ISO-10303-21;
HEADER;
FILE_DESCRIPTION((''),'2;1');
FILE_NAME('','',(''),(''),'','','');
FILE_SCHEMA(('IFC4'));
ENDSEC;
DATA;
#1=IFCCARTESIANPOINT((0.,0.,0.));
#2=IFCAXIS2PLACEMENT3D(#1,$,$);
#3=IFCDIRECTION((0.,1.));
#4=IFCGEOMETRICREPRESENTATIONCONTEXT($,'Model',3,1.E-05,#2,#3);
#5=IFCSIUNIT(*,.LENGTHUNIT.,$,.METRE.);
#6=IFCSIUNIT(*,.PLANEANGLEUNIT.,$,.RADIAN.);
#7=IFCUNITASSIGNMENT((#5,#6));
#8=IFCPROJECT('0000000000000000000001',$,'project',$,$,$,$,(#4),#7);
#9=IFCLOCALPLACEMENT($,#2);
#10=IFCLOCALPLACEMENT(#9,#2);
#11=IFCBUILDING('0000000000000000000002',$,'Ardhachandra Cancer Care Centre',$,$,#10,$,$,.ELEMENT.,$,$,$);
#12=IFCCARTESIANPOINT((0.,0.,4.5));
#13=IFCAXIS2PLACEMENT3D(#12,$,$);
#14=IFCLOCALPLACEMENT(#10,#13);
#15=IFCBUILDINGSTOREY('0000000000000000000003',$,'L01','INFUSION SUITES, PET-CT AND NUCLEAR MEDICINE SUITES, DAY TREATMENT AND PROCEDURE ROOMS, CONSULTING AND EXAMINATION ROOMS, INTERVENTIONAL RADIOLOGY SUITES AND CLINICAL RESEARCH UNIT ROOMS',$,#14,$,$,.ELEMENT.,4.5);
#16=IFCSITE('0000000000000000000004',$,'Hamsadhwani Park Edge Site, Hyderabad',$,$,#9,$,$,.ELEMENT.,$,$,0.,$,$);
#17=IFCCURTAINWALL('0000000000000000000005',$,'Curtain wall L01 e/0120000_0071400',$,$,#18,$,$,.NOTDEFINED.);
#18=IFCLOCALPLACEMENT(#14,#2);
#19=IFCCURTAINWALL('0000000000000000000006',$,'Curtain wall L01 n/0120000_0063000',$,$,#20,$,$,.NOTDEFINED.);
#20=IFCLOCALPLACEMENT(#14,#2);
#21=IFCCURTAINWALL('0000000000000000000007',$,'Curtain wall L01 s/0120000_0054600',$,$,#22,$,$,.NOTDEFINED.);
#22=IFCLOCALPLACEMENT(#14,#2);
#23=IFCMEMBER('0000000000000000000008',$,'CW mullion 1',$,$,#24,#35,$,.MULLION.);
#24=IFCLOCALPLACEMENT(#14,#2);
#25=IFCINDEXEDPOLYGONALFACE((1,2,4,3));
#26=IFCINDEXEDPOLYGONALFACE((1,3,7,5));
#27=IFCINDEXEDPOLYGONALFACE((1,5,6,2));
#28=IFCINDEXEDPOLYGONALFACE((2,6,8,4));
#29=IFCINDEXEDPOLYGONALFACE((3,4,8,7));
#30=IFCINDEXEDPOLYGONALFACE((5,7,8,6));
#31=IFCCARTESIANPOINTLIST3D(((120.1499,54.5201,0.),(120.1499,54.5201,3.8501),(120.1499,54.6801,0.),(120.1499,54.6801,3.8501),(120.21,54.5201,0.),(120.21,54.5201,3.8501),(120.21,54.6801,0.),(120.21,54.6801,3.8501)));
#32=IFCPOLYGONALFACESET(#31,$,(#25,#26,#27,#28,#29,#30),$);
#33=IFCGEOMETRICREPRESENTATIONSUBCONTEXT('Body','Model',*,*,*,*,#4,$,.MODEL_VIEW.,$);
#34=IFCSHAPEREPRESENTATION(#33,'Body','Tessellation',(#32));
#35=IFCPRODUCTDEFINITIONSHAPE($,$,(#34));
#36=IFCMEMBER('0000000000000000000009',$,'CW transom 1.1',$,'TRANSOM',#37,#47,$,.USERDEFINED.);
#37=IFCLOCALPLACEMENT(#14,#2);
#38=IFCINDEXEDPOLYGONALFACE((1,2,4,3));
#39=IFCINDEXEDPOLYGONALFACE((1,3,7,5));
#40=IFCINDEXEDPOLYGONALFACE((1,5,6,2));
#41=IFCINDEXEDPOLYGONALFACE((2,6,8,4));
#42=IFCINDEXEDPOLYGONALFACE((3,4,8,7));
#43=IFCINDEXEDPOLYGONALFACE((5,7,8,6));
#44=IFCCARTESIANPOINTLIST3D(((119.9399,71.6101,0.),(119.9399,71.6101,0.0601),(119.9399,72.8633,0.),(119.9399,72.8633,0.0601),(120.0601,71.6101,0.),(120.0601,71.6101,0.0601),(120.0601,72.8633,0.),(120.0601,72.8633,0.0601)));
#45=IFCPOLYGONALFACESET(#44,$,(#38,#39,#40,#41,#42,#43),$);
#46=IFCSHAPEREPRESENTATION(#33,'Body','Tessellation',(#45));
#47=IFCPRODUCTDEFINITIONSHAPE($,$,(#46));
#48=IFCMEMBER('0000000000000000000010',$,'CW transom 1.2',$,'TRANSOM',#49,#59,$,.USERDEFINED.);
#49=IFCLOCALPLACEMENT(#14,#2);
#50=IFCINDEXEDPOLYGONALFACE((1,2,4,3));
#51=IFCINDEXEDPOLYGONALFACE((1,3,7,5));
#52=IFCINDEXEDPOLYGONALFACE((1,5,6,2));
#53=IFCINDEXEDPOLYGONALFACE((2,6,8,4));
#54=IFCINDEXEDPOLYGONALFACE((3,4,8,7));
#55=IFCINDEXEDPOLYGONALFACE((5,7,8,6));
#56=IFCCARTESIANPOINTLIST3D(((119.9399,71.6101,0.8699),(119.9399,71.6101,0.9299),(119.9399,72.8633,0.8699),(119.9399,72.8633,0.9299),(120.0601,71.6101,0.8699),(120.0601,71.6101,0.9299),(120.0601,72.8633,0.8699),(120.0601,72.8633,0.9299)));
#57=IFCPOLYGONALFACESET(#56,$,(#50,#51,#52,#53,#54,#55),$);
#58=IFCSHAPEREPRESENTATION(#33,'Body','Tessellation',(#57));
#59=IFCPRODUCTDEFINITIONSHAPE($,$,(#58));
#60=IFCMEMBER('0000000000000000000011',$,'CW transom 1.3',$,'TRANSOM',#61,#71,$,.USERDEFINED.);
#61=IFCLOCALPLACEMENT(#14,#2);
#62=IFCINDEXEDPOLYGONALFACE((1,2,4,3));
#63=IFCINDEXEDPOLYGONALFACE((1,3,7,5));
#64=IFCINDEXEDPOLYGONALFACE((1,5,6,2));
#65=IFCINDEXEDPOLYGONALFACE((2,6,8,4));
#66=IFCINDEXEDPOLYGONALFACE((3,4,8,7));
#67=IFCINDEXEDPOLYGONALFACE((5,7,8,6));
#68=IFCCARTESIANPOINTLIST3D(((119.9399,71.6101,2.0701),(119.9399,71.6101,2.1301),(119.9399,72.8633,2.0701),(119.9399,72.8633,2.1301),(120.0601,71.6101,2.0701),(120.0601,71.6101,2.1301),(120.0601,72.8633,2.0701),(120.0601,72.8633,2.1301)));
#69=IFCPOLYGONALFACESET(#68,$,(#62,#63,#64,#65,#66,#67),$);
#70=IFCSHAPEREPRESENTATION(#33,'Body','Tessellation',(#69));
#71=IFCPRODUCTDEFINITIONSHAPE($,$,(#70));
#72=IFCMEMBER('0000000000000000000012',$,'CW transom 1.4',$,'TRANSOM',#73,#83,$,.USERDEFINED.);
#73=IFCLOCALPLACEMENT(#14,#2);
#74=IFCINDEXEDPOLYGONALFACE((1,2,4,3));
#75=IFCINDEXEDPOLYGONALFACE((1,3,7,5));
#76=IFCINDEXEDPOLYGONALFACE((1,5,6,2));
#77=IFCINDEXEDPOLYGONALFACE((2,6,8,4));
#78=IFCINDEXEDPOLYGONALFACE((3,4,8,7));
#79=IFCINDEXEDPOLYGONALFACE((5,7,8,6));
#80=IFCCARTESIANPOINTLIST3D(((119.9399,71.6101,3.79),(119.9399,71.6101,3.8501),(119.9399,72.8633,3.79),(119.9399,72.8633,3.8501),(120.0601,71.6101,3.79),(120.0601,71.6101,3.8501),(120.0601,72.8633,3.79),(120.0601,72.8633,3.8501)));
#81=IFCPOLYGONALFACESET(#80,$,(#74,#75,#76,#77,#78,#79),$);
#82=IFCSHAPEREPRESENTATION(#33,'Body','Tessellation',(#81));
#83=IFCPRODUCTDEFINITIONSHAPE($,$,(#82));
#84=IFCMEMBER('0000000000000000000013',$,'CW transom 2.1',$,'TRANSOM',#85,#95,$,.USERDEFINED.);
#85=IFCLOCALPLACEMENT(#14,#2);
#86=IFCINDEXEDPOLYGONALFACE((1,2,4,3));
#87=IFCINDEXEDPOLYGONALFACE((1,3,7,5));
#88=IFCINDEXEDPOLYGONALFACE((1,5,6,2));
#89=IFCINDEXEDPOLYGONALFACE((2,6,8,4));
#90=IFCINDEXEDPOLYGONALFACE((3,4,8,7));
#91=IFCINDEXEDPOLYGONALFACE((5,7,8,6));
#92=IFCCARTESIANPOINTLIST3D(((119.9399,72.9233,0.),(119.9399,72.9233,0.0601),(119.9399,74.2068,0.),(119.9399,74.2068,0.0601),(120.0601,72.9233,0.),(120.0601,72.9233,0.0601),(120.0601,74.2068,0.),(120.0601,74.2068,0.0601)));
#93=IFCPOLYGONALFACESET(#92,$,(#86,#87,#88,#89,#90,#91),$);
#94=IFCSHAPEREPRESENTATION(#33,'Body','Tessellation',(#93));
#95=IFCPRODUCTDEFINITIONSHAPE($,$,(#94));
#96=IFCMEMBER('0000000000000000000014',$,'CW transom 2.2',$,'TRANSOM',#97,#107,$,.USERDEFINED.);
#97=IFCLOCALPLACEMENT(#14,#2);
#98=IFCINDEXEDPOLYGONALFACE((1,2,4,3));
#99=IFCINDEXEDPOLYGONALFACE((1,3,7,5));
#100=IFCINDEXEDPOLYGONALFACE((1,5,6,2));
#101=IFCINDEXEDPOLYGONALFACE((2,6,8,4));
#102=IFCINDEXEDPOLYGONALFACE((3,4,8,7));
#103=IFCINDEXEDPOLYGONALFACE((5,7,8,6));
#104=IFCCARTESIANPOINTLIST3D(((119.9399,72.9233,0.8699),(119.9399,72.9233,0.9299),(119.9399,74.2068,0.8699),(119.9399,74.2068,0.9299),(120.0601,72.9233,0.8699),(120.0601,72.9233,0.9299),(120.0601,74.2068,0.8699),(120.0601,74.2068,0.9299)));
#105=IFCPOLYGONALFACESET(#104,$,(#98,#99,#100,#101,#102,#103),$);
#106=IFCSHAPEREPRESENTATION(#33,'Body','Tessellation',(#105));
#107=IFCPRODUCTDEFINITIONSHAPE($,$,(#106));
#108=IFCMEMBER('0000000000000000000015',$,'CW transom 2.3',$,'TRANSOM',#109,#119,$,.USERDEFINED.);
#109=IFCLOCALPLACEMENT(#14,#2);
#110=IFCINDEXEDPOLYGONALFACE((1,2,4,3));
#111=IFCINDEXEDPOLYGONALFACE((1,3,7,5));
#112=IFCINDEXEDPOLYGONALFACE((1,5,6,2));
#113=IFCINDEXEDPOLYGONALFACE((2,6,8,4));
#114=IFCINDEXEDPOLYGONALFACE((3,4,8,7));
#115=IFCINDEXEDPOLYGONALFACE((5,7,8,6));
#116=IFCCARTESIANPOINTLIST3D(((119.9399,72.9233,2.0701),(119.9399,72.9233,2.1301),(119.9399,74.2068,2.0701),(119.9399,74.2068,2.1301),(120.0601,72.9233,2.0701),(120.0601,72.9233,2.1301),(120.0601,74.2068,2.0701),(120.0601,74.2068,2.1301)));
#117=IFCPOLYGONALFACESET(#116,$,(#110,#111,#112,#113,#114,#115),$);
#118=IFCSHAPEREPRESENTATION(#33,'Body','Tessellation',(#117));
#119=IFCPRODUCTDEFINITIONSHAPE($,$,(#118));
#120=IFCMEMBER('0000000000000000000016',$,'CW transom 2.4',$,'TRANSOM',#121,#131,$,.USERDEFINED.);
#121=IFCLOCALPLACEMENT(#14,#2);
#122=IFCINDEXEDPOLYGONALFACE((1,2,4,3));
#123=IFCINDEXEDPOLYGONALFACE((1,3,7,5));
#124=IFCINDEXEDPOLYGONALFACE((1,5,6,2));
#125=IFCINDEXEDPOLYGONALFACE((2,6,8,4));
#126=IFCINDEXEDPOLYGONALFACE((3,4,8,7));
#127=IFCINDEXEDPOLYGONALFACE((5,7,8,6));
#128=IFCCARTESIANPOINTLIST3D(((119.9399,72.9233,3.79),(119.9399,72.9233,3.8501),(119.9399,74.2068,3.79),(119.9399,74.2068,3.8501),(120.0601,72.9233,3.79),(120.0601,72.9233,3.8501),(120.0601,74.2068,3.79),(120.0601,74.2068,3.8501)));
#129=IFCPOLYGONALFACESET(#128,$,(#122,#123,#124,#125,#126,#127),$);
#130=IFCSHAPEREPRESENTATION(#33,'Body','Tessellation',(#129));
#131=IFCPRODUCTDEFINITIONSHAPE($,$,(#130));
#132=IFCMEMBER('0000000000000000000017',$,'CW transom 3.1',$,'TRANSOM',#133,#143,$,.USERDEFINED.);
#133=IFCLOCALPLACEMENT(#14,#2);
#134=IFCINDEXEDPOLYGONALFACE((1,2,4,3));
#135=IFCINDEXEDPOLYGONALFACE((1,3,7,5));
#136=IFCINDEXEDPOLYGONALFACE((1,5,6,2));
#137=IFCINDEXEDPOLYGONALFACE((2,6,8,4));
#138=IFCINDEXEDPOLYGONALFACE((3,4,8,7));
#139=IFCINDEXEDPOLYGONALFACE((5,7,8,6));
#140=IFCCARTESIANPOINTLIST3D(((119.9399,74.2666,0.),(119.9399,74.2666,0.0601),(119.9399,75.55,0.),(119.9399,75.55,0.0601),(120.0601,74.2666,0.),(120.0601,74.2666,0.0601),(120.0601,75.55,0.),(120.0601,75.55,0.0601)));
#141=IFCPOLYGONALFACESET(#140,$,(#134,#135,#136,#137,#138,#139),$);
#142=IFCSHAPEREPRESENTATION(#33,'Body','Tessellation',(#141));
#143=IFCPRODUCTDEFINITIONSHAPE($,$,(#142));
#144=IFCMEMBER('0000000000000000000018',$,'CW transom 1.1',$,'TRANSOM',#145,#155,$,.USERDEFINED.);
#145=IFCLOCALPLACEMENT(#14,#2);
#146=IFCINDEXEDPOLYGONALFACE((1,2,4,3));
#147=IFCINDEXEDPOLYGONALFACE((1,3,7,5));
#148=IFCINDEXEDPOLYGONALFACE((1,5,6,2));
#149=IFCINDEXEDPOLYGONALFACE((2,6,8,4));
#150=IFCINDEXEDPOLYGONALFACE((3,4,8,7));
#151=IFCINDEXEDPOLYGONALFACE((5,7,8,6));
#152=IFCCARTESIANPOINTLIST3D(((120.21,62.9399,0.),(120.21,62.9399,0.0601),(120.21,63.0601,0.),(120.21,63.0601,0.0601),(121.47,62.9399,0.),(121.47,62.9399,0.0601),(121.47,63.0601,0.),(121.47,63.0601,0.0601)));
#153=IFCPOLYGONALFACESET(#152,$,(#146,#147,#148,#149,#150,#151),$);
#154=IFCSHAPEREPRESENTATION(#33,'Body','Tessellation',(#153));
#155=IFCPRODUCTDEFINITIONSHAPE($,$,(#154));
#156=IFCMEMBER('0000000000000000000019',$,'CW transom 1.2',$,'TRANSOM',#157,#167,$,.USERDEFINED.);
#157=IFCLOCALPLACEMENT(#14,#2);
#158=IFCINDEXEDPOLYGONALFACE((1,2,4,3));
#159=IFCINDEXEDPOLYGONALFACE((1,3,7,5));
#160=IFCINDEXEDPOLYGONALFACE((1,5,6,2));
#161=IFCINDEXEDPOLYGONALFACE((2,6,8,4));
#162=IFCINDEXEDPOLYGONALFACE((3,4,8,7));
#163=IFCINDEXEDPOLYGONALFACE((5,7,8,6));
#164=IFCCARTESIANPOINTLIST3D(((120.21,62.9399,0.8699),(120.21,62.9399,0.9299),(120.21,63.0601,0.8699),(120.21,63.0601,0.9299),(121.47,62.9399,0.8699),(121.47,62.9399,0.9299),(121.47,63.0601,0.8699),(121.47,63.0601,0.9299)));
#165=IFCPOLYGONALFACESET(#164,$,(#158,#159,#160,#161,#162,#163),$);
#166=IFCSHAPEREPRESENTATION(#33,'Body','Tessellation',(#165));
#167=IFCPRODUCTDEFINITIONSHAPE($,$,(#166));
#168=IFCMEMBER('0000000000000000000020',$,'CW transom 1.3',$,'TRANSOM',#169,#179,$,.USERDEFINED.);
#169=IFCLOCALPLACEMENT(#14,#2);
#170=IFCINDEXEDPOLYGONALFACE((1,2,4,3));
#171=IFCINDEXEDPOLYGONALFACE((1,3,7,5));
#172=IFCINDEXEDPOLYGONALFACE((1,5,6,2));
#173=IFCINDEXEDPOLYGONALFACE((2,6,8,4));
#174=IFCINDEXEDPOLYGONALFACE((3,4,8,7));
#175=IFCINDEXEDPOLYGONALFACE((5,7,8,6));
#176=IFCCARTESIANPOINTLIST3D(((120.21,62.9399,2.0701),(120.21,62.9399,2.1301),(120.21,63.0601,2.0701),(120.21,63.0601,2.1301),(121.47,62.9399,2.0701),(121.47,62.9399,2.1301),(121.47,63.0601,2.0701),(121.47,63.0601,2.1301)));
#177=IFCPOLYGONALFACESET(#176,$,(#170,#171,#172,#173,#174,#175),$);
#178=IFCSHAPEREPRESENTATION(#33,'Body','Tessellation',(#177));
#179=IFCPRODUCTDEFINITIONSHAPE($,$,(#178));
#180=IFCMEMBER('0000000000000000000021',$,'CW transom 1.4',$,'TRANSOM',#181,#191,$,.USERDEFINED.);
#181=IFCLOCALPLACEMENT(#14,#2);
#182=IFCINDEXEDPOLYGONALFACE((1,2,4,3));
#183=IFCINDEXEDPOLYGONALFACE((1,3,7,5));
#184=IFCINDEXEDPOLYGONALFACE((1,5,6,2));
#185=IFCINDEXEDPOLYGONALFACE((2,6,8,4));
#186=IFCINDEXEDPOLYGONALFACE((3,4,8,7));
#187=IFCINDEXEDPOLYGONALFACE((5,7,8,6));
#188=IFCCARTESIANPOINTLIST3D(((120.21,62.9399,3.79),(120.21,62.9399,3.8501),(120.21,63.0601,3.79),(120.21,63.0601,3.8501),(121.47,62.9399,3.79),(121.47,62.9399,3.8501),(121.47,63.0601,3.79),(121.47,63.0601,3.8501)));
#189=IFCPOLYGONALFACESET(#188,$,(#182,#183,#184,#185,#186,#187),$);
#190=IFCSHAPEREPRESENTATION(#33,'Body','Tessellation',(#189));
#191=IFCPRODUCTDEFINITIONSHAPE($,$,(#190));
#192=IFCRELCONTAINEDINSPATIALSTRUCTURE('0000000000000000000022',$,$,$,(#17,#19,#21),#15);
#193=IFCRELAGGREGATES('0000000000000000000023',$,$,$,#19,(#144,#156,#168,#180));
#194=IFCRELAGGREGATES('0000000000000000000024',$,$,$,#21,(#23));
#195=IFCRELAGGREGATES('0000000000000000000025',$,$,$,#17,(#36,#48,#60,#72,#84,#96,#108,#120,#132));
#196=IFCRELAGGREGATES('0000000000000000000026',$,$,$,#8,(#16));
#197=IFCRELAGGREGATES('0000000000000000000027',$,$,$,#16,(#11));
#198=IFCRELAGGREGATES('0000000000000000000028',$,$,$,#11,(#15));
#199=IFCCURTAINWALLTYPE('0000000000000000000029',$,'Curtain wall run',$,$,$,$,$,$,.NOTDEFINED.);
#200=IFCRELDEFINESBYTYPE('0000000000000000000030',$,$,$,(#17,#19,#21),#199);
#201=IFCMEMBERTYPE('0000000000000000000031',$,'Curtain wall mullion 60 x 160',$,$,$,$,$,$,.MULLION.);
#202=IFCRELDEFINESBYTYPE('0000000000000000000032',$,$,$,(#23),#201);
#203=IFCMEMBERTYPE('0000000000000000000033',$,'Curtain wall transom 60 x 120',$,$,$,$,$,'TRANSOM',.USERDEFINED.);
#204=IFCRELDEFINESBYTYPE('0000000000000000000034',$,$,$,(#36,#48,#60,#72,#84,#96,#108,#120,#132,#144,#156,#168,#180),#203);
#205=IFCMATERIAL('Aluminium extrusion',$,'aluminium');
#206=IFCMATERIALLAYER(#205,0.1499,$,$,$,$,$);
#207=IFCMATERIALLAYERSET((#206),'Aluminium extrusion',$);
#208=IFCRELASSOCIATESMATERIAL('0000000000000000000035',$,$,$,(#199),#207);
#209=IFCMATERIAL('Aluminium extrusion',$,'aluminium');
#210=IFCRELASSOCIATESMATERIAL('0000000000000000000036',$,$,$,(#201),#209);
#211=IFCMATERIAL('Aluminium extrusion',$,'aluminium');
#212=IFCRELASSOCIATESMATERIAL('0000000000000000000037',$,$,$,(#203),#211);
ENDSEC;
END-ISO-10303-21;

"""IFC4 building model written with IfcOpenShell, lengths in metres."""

from ifc_helpers import new_model, si_unit, direction, frame, origin, origin_2d, place, context, subcontext, project, spatial, rectangle, extrude, material, layer, layer_set, material_profile, profile_set, type_object, element, aggregate, save


model = new_model("IFC4")

# Units and contexts
model_context = context("Model", 3, precision=1e-05, world=origin(), true_north=direction((0.0, 1.0)))
body_context = subcontext(model_context, "Body", "Model", "MODEL_VIEW")
ifc_project = project(units=[si_unit("LENGTHUNIT", "METRE"), si_unit("PLANEANGLEUNIT", "RADIAN")], contexts=[model_context])

# Site, building, storey
site_placement = place(None, origin())
site = spatial("IfcSite", under=ifc_project, at=site_placement, Name="Hamsadhwani Park Edge Site, Hyderabad", CompositionType="ELEMENT", RefElevation=0.0)
building_placement = place(site_placement, origin())
building = spatial("IfcBuilding", under=site, at=building_placement, Name="Ardhachandra Cancer Care Centre", CompositionType="ELEMENT")
storey_placement = place(building_placement, frame((0.0, 0.0, 4.5)))
storey = spatial("IfcBuildingStorey", under=building, at=storey_placement, Name="L01", Description="INFUSION SUITES, PET-CT AND NUCLEAR MEDICINE SUITES, DAY TREATMENT AND PROCEDURE ROOMS, CONSULTING AND EXAMINATION ROOMS, INTERVENTIONAL RADIOLOGY SUITES AND CLINICAL RESEARCH UNIT ROOMS", CompositionType="ELEMENT", Elevation=4.5)

# Curtain wall
ifc_material_1 = material(Name="Aluminium extrusion", Category="aluminium")
ifc_layer_1 = layer(ifc_material_1, 0.1499)
ifc_layer_set_1 = layer_set([ifc_layer_1], Name="Aluminium extrusion")
curtain_wall_type = type_object("IfcCurtainWallType", Name="Curtain wall run", PredefinedType="NOTDEFINED", material=ifc_layer_set_1)
curtain_wall_1_placement = place(storey_placement, origin())
curtain_wall_1 = element("IfcCurtainWall", 1, at=curtain_wall_1_placement, inside=storey, type_object=curtain_wall_type, Name="Curtain wall L01 e/0120000_0071400", PredefinedType="NOTDEFINED")
ifc_material_2 = material(Name="Aluminium extrusion", Category="aluminium")
ifc_material_profile_1 = material_profile(ifc_material_2, rectangle(XDim=0.1599, YDim=0.0601, at=origin_2d()), Name="Curtain wall mullion 60 x 160")
ifc_profile_set_1 = profile_set([ifc_material_profile_1], Name="Aluminium extrusion")
member_type_1 = type_object("IfcMemberType", Name="Curtain wall mullion 60 x 160", PredefinedType="MULLION", material=ifc_profile_set_1)

# Curtain walls, member
curtain_wall_2_placement = place(storey_placement, origin())
curtain_wall_2 = element("IfcCurtainWall", 2, at=curtain_wall_2_placement, inside=storey, type_object=curtain_wall_type, Name="Curtain wall L01 n/0120000_0063000", PredefinedType="NOTDEFINED")
curtain_wall_3_placement = place(storey_placement, origin())
curtain_wall_3 = element("IfcCurtainWall", 3, at=curtain_wall_3_placement, inside=storey, type_object=curtain_wall_type, Name="Curtain wall L01 s/0120000_0054600", PredefinedType="NOTDEFINED")
member_1_placement = place(storey_placement, frame((120.1799, 54.6001, 0.0), z_axis=(0.0, 0.0, 1.0), x_axis=(0.0, 1.0, 0.0)))
member_1 = element("IfcMember", 4, at=member_1_placement, type_object=member_type_1, Name="CW mullion 1", PredefinedType="MULLION", context=body_context, shape_type="SweptSolid", body=[
    extrude(rectangle(XDim=0.1599, YDim=0.0601, at=origin_2d()), origin(), (0.0, 0.0, 1.0), 3.8501),
])

# Members
ifc_material_3 = material(Name="Aluminium extrusion", Category="aluminium")
ifc_material_profile_2 = material_profile(ifc_material_3, rectangle(XDim=0.1201, YDim=0.0601, at=origin_2d()), Name="Curtain wall transom 60 x 120")
ifc_profile_set_2 = profile_set([ifc_material_profile_2], Name="Aluminium extrusion")
member_type_2 = type_object("IfcMemberType", Name="Curtain wall transom 60 x 120", ElementType="TRANSOM", PredefinedType="USERDEFINED", material=ifc_profile_set_2)
member_2_placement = place(storey_placement, frame((120.0, 71.6101, 0.03), z_axis=(0.0, 1.0, 0.0), x_axis=(-1.0, 0.0, 0.0)))
member_2 = element("IfcMember", 5, at=member_2_placement, type_object=member_type_2, Name="CW transom 1.1", ObjectType="TRANSOM", PredefinedType="USERDEFINED", context=body_context, shape_type="SweptSolid", body=[
    extrude(rectangle(XDim=0.1201, YDim=0.0601, at=origin_2d()), origin(), (0.0, 0.0, 1.0), 1.2532),
])
member_3_placement = place(storey_placement, frame((120.0, 71.6101, 0.8999), z_axis=(0.0, 1.0, 0.0), x_axis=(-1.0, 0.0, 0.0)))
member_3 = element("IfcMember", 6, at=member_3_placement, type_object=member_type_2, Name="CW transom 1.2", ObjectType="TRANSOM", PredefinedType="USERDEFINED", context=body_context, shape_type="SweptSolid", body=[
    extrude(rectangle(XDim=0.1201, YDim=0.0601, at=origin_2d()), origin(), (0.0, 0.0, 1.0), 1.2532),
])
member_4_placement = place(storey_placement, frame((120.0, 71.6101, 2.1001), z_axis=(0.0, 1.0, 0.0), x_axis=(-1.0, 0.0, 0.0)))
member_4 = element("IfcMember", 7, at=member_4_placement, type_object=member_type_2, Name="CW transom 1.3", ObjectType="TRANSOM", PredefinedType="USERDEFINED", context=body_context, shape_type="SweptSolid", body=[
    extrude(rectangle(XDim=0.1201, YDim=0.0601, at=origin_2d()), origin(), (0.0, 0.0, 1.0), 1.2532),
])
member_5_placement = place(storey_placement, frame((120.0, 71.6101, 3.8201), z_axis=(0.0, 1.0, 0.0), x_axis=(-1.0, 0.0, 0.0)))
member_5 = element("IfcMember", 8, at=member_5_placement, type_object=member_type_2, Name="CW transom 1.4", ObjectType="TRANSOM", PredefinedType="USERDEFINED", context=body_context, shape_type="SweptSolid", body=[
    extrude(rectangle(XDim=0.1201, YDim=0.0601, at=origin_2d()), origin(), (0.0, 0.0, 1.0), 1.2532),
])
member_6_placement = place(storey_placement, frame((120.0, 72.9233, 0.03), z_axis=(0.0, 1.0, 0.0), x_axis=(-1.0, 0.0, 0.0)))
member_6 = element("IfcMember", 9, at=member_6_placement, type_object=member_type_2, Name="CW transom 2.1", ObjectType="TRANSOM", PredefinedType="USERDEFINED", context=body_context, shape_type="SweptSolid", body=[
    extrude(rectangle(XDim=0.1201, YDim=0.0601, at=origin_2d()), origin(), (0.0, 0.0, 1.0), 1.2834),
])
member_7_placement = place(storey_placement, frame((120.0, 72.9233, 0.8999), z_axis=(0.0, 1.0, 0.0), x_axis=(-1.0, 0.0, 0.0)))
member_7 = element("IfcMember", 10, at=member_7_placement, type_object=member_type_2, Name="CW transom 2.2", ObjectType="TRANSOM", PredefinedType="USERDEFINED", context=body_context, shape_type="SweptSolid", body=[
    extrude(rectangle(XDim=0.1201, YDim=0.0601, at=origin_2d()), origin(), (0.0, 0.0, 1.0), 1.2834),
])
member_8_placement = place(storey_placement, frame((120.0, 72.9233, 2.1001), z_axis=(0.0, 1.0, 0.0), x_axis=(-1.0, 0.0, 0.0)))
member_8 = element("IfcMember", 11, at=member_8_placement, type_object=member_type_2, Name="CW transom 2.3", ObjectType="TRANSOM", PredefinedType="USERDEFINED", context=body_context, shape_type="SweptSolid", body=[
    extrude(rectangle(XDim=0.1201, YDim=0.0601, at=origin_2d()), origin(), (0.0, 0.0, 1.0), 1.2834),
])
member_9_placement = place(storey_placement, frame((120.0, 72.9233, 3.8201), z_axis=(0.0, 1.0, 0.0), x_axis=(-1.0, 0.0, 0.0)))
member_9 = element("IfcMember", 12, at=member_9_placement, type_object=member_type_2, Name="CW transom 2.4", ObjectType="TRANSOM", PredefinedType="USERDEFINED", context=body_context, shape_type="SweptSolid", body=[
    extrude(rectangle(XDim=0.1201, YDim=0.0601, at=origin_2d()), origin(), (0.0, 0.0, 1.0), 1.2834),
])
member_10_placement = place(storey_placement, frame((120.0, 74.2666, 0.03), z_axis=(0.0, 1.0, 0.0), x_axis=(-1.0, 0.0, 0.0)))
member_10 = element("IfcMember", 13, at=member_10_placement, type_object=member_type_2, Name="CW transom 3.1", ObjectType="TRANSOM", PredefinedType="USERDEFINED", context=body_context, shape_type="SweptSolid", body=[
    extrude(rectangle(XDim=0.1201, YDim=0.0601, at=origin_2d()), origin(), (0.0, 0.0, 1.0), 1.2834),
])
member_11_placement = place(storey_placement, frame((120.21, 63.0, 0.03), z_axis=(1.0, 0.0, 0.0), x_axis=(0.0, 1.0, 0.0)))
member_11 = element("IfcMember", 14, at=member_11_placement, type_object=member_type_2, Name="CW transom 1.1", ObjectType="TRANSOM", PredefinedType="USERDEFINED", context=body_context, shape_type="SweptSolid", body=[
    extrude(rectangle(XDim=0.1201, YDim=0.0601, at=origin_2d()), origin(), (0.0, 0.0, 1.0), 1.26),
])
member_12_placement = place(storey_placement, frame((120.21, 63.0, 0.8999), z_axis=(1.0, 0.0, 0.0), x_axis=(0.0, 1.0, 0.0)))
member_12 = element("IfcMember", 15, at=member_12_placement, type_object=member_type_2, Name="CW transom 1.2", ObjectType="TRANSOM", PredefinedType="USERDEFINED", context=body_context, shape_type="SweptSolid", body=[
    extrude(rectangle(XDim=0.1201, YDim=0.0601, at=origin_2d()), origin(), (0.0, 0.0, 1.0), 1.26),
])
member_13_placement = place(storey_placement, frame((120.21, 63.0, 2.1001), z_axis=(1.0, 0.0, 0.0), x_axis=(0.0, 1.0, 0.0)))
member_13 = element("IfcMember", 16, at=member_13_placement, type_object=member_type_2, Name="CW transom 1.3", ObjectType="TRANSOM", PredefinedType="USERDEFINED", context=body_context, shape_type="SweptSolid", body=[
    extrude(rectangle(XDim=0.1201, YDim=0.0601, at=origin_2d()), origin(), (0.0, 0.0, 1.0), 1.26),
])
member_14_placement = place(storey_placement, frame((120.21, 63.0, 3.8201), z_axis=(1.0, 0.0, 0.0), x_axis=(0.0, 1.0, 0.0)))
member_14 = element("IfcMember", 17, at=member_14_placement, type_object=member_type_2, Name="CW transom 1.4", ObjectType="TRANSOM", PredefinedType="USERDEFINED", context=body_context, shape_type="SweptSolid", body=[
    extrude(rectangle(XDim=0.1201, YDim=0.0601, at=origin_2d()), origin(), (0.0, 0.0, 1.0), 1.26),
])
aggregate(curtain_wall_2, [member_11, member_12, member_13, member_14])
aggregate(curtain_wall_3, [member_1])

aggregate(curtain_wall_1, [member_2, member_3, member_4, member_5, member_6, member_7, member_8, member_9, member_10])

save(model, "model.ifc")
